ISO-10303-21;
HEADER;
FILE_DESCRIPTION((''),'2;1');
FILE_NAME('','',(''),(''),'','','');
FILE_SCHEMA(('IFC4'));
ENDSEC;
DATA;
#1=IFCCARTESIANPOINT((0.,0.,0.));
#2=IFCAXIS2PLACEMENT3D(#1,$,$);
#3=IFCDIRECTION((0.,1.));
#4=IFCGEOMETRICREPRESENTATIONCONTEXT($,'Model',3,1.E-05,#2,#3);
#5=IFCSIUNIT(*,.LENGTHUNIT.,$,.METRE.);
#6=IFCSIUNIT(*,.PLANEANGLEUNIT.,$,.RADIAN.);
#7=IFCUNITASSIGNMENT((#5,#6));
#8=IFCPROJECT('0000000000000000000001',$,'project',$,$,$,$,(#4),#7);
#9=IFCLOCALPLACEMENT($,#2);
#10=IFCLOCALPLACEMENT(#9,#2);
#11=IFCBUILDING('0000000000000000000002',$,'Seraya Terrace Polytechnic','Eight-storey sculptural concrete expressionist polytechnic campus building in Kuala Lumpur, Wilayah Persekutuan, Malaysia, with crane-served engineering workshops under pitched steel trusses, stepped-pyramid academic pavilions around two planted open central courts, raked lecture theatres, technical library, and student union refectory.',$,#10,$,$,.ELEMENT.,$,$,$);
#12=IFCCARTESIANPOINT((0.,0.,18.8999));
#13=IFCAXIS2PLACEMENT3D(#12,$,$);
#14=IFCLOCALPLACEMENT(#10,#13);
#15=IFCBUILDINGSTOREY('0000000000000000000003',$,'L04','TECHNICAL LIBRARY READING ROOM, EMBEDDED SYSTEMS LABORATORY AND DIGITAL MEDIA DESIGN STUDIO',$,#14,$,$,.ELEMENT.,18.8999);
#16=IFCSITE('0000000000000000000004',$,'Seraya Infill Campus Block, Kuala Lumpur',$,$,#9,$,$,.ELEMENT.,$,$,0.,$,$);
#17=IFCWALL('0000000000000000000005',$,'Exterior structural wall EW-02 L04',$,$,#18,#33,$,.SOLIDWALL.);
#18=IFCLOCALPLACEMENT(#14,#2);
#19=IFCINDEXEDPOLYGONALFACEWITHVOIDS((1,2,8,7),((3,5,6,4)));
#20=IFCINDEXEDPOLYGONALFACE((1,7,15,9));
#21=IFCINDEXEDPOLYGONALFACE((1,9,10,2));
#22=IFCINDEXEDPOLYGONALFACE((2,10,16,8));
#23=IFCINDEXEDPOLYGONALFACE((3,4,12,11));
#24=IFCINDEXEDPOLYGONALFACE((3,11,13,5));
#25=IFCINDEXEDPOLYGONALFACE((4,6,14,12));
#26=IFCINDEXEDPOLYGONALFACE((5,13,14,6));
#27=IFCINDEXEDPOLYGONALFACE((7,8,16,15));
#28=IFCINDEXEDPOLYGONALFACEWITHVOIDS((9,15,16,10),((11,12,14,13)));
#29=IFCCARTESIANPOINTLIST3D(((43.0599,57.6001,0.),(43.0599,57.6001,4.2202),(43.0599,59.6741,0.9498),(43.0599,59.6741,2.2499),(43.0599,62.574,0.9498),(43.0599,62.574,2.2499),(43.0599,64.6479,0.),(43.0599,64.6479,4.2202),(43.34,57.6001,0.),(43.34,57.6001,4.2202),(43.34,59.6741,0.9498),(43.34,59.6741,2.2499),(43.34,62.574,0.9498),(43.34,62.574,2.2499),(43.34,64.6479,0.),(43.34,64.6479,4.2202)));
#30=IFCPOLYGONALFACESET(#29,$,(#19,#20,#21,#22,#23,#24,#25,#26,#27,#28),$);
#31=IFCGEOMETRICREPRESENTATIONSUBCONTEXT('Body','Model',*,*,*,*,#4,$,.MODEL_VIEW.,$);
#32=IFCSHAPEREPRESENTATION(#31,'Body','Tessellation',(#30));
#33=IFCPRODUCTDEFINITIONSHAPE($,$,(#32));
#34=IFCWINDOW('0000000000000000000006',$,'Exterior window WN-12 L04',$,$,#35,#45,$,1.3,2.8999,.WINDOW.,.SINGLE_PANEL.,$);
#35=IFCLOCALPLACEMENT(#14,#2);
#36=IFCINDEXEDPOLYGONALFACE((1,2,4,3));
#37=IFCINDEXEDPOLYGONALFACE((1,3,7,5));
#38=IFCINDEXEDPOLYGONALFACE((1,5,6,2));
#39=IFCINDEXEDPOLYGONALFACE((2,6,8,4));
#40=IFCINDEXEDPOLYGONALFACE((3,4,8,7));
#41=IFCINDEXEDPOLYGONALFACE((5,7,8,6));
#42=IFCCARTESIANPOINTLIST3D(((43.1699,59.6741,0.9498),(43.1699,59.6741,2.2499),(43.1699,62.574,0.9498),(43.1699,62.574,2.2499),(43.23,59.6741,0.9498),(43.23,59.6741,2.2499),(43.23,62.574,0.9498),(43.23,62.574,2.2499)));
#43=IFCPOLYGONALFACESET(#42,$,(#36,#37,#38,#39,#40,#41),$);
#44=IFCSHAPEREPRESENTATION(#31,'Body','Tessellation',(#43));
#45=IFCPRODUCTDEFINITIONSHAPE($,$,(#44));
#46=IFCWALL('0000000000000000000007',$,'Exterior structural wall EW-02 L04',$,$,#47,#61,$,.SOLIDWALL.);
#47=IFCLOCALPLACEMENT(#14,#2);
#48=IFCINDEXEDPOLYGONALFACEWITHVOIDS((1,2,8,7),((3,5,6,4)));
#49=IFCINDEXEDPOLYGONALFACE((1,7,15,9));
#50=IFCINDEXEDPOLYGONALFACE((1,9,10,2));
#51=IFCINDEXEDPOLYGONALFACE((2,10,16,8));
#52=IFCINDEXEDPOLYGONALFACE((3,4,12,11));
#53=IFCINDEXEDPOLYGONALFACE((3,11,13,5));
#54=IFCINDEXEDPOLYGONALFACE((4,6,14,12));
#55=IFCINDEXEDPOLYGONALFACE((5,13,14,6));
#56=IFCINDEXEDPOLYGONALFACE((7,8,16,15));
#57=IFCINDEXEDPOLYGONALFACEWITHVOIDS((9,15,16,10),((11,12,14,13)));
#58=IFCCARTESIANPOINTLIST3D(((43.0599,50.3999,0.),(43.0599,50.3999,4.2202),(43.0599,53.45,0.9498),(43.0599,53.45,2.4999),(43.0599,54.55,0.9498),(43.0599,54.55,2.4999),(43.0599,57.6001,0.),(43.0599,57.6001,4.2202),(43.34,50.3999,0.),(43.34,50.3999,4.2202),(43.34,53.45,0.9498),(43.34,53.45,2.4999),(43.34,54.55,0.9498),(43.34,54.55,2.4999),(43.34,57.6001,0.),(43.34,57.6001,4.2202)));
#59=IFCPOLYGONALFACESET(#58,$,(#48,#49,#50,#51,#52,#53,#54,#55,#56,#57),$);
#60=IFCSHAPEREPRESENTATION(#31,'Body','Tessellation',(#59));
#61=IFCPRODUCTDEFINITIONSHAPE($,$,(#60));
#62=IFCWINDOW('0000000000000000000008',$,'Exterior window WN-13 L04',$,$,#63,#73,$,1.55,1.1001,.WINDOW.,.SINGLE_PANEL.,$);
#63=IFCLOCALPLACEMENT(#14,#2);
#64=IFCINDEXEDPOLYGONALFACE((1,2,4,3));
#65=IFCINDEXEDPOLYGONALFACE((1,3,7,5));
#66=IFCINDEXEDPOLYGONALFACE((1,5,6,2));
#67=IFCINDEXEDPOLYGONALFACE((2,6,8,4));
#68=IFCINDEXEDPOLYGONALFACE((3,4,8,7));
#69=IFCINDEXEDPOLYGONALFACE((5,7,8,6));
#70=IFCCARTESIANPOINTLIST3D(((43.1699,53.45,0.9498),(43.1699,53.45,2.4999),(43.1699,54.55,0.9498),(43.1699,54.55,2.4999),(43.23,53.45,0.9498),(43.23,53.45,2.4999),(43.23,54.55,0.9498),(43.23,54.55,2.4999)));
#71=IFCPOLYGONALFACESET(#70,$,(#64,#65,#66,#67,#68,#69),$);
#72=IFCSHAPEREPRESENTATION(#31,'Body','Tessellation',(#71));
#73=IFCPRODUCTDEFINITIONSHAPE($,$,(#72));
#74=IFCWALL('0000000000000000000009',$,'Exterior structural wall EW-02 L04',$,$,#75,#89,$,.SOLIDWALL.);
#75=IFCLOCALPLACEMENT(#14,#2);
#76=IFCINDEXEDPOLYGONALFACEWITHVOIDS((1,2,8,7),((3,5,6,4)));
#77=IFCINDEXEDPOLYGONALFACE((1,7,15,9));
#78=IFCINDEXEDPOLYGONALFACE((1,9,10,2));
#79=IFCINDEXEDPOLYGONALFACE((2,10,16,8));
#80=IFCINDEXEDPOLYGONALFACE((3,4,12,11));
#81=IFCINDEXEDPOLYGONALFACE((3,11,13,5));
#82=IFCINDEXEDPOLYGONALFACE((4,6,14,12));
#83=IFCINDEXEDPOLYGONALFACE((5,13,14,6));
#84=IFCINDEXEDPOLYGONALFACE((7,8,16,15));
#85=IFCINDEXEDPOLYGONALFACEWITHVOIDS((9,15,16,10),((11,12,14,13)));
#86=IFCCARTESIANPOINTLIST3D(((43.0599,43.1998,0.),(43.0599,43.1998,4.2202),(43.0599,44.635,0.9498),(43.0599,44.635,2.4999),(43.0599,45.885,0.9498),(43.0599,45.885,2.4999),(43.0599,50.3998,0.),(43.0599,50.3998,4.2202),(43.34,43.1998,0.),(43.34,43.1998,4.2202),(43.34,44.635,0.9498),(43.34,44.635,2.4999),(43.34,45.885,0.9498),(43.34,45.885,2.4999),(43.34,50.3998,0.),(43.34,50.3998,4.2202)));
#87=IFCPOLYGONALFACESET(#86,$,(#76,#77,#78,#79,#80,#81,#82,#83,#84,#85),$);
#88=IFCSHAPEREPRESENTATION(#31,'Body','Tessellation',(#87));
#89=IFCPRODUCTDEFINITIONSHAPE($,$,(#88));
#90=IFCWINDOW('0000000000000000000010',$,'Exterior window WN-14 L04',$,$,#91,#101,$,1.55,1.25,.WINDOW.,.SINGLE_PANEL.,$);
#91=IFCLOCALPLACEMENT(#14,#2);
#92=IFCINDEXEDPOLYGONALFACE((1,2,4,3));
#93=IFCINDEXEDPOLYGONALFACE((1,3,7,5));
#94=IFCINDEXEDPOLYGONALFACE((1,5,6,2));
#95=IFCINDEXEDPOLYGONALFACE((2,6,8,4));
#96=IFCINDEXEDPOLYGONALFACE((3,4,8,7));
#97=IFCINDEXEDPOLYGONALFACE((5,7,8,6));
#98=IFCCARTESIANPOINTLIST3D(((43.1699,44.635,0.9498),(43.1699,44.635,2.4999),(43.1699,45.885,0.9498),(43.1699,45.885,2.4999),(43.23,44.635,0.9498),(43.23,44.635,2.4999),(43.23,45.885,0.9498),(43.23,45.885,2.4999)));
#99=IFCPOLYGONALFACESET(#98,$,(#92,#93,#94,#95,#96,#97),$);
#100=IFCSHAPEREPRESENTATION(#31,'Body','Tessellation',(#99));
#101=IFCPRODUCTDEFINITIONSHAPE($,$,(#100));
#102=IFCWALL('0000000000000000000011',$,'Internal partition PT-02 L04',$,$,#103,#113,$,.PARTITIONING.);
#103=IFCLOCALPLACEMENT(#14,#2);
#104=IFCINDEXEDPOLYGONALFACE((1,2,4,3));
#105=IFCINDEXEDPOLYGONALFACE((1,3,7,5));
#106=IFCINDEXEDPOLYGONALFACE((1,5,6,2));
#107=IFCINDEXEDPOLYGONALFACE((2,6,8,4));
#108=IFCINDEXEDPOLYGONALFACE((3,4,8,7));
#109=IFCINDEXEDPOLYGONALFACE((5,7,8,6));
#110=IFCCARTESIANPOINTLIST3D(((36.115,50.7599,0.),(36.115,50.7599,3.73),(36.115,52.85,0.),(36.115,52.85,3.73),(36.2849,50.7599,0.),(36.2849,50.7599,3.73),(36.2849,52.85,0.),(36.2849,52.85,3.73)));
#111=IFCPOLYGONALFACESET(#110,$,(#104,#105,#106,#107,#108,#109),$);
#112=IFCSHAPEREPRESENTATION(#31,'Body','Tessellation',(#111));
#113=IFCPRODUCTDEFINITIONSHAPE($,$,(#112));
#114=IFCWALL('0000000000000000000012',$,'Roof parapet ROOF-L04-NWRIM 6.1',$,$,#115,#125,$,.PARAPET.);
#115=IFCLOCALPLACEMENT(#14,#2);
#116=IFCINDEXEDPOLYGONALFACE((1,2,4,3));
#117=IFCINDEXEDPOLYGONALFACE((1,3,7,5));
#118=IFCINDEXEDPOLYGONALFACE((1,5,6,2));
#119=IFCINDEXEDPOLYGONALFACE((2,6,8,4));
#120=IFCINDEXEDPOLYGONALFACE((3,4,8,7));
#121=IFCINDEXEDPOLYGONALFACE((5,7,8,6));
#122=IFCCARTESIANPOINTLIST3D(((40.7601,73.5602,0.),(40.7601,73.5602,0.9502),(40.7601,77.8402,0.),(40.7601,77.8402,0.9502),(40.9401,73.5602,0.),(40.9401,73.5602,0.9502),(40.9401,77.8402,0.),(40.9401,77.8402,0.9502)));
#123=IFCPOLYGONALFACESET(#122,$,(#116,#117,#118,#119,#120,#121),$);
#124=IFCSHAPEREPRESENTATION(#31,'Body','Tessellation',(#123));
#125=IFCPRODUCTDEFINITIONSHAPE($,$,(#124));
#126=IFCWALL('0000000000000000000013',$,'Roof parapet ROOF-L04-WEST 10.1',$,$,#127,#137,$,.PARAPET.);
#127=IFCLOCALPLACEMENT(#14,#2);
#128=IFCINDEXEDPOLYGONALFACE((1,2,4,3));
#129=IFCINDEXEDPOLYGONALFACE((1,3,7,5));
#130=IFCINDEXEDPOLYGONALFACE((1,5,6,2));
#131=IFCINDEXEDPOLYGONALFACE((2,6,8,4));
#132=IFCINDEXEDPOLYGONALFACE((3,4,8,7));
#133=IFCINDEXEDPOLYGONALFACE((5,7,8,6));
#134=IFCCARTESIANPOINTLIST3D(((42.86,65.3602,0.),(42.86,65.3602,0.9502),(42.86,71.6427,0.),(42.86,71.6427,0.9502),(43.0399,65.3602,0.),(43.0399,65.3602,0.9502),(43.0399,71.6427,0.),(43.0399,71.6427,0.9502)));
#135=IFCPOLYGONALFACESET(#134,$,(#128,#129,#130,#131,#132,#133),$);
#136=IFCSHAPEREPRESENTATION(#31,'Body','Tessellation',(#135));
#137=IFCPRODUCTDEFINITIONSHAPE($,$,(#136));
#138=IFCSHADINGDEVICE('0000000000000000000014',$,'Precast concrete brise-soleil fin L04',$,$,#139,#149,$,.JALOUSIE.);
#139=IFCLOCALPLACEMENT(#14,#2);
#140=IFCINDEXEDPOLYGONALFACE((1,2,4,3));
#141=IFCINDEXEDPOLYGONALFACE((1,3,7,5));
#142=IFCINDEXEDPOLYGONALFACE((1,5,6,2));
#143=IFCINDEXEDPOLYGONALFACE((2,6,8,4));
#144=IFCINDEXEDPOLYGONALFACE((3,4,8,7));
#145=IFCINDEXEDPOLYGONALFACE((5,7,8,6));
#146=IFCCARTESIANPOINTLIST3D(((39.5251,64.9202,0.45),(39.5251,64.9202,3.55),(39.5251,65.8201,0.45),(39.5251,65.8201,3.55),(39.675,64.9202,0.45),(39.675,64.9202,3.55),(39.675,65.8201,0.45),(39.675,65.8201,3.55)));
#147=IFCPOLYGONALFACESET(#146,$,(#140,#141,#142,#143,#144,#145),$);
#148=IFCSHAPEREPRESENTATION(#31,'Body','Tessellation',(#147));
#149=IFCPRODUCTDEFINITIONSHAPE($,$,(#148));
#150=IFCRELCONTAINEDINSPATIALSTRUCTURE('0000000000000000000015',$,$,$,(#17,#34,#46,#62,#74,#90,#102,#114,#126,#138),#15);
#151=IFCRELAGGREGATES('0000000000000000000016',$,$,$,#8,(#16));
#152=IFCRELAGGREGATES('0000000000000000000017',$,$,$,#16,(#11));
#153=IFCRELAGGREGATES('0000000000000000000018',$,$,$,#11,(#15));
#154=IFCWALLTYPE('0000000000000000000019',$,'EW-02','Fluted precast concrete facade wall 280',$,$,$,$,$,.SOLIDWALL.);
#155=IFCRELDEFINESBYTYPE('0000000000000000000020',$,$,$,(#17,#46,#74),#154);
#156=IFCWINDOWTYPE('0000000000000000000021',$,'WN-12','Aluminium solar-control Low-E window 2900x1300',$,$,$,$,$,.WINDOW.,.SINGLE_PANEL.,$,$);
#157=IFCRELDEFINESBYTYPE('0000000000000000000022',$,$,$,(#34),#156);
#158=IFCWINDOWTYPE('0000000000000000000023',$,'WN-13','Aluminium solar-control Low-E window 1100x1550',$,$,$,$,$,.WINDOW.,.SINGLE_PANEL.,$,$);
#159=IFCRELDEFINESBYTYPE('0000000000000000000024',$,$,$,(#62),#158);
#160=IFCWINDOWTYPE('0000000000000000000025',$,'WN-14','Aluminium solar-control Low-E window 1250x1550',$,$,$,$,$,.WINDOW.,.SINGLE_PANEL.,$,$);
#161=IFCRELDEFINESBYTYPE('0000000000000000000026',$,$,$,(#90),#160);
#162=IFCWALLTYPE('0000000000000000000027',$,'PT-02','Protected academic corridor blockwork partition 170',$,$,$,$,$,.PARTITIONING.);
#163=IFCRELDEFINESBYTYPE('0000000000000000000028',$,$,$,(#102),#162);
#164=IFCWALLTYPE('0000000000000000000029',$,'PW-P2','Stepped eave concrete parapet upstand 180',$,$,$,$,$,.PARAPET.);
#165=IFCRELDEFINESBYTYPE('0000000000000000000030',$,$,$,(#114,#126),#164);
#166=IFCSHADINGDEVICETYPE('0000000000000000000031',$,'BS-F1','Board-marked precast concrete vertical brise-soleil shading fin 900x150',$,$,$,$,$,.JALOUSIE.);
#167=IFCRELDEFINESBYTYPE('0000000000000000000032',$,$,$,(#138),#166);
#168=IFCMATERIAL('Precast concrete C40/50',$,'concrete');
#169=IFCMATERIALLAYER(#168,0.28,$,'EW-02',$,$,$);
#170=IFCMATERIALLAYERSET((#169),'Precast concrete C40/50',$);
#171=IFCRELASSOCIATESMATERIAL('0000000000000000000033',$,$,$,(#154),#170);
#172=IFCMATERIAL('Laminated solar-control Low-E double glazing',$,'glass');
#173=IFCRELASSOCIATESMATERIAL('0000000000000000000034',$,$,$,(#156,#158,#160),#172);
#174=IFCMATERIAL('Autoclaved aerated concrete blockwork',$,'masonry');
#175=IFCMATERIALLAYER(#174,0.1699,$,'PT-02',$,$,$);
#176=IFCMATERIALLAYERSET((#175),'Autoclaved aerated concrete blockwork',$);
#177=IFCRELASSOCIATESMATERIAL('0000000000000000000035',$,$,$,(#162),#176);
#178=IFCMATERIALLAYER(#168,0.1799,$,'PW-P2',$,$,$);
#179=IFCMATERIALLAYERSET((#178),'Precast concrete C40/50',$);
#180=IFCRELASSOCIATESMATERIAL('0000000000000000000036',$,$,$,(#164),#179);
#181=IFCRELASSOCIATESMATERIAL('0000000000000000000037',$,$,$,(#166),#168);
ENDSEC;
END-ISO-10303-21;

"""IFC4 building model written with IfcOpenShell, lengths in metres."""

from ifc_helpers import new_model, si_unit, direction, frame, frame_2d, origin, origin_2d, place, context, subcontext, project, spatial, rectangle, extrude, material, layer, layer_set, type_object, element, fill, save


model = new_model("IFC4")

# Units and contexts
model_context = context("Model", 3, precision=1e-05, world=origin(), true_north=direction((0.0, 1.0)))
body_context = subcontext(model_context, "Body", "Model", "MODEL_VIEW")
ifc_project = project(units=[si_unit("LENGTHUNIT", "METRE"), si_unit("PLANEANGLEUNIT", "RADIAN")], contexts=[model_context])

# Site, building, storey
site_placement = place(None, origin())
site = spatial("IfcSite", under=ifc_project, at=site_placement, Name="Seraya Infill Campus Block, Kuala Lumpur", CompositionType="ELEMENT", RefElevation=0.0)
building_placement = place(site_placement, origin())
building = spatial("IfcBuilding", under=site, at=building_placement, Name="Seraya Terrace Polytechnic", Description="Eight-storey sculptural concrete expressionist polytechnic campus building in Kuala Lumpur, Wilayah Persekutuan, Malaysia, with crane-served engineering workshops under pitched steel trusses, stepped-pyramid academic pavilions around two planted open central courts, raked lecture theatres, technical library, and student union refectory.", CompositionType="ELEMENT")
storey_placement = place(building_placement, frame((0.0, 0.0, 18.8999)))
storey = spatial("IfcBuildingStorey", under=building, at=storey_placement, Name="L04", Description="TECHNICAL LIBRARY READING ROOM, EMBEDDED SYSTEMS LABORATORY AND DIGITAL MEDIA DESIGN STUDIO", CompositionType="ELEMENT", Elevation=18.8999)

# Walls, openings, windows
ifc_material_1 = material(Name="Precast concrete C40/50", Category="concrete")
ifc_layer_1 = layer(ifc_material_1, 0.28, Name="EW-02")
ifc_layer_set_1 = layer_set([ifc_layer_1], Name="Precast concrete C40/50")
wall_type_1 = type_object("IfcWallType", Name="EW-02", Description="Fluted precast concrete facade wall 280", PredefinedType="SOLIDWALL", material=ifc_layer_set_1)
ifc_material_2 = material(Name="Laminated solar-control Low-E double glazing", Category="glass")
wall_1_placement = place(storey_placement, frame((43.2, 64.6479, 0.0), z_axis=(0.0, 0.0, 1.0), x_axis=(0.0, -1.0, 0.0)))
wall_1 = element("IfcWall", 1, at=wall_1_placement, inside=storey, type_object=wall_type_1, Name="Exterior structural wall EW-02 L04", PredefinedType="SOLIDWALL", context=body_context, shape_type="SweptSolid", body=[
    extrude(rectangle(XDim=7.0479, YDim=0.28, at=frame_2d((3.5239, 0.0))), origin(), (0.0, 0.0, 1.0), 4.2202),
])
opening_1_placement = place(wall_1_placement, frame((2.074, 0.0, 0.95)))
opening_1 = element("IfcOpeningElement", 2, at=opening_1_placement, cuts=wall_1, PredefinedType="OPENING", context=body_context, shape_type="SweptSolid", body=[
    extrude(rectangle(XDim=2.8999, YDim=1.3, at=frame_2d((1.45, 0.6499))), frame((0.0, 0.1519, 0.0), z_axis=(0.0, -1.0, 0.0), x_axis=(1.0, 0.0, 0.0)), (0.0, 0.0, 1.0), 0.304),
])
window_type_1 = type_object("IfcWindowType", Name="WN-12", Description="Aluminium solar-control Low-E window 2900x1300", PartitioningType="SINGLE_PANEL", PredefinedType="WINDOW", material=ifc_material_2)
window_1_placement = place(opening_1_placement, origin())
window_1 = element("IfcWindow", 3, at=window_1_placement, inside=storey, type_object=window_type_1, Name="Exterior window WN-12 L04", OverallHeight=1.3, OverallWidth=2.8999, PartitioningType="SINGLE_PANEL", PredefinedType="WINDOW", context=body_context, shape_type="SweptSolid", body=[
    extrude(rectangle(XDim=2.8999, YDim=1.3, at=frame_2d((1.45, 0.6499))), frame((0.0, 0.03, 0.0), z_axis=(0.0, -1.0, 0.0), x_axis=(1.0, 0.0, 0.0)), (0.0, 0.0, 1.0), 0.0601),
])
fill(opening_1, window_1)
wall_2_placement = place(storey_placement, frame((43.2, 57.6001, 0.0), z_axis=(0.0, 0.0, 1.0), x_axis=(0.0, -1.0, 0.0)))
wall_2 = element("IfcWall", 4, at=wall_2_placement, inside=storey, type_object=wall_type_1, Name="Exterior structural wall EW-02 L04", PredefinedType="SOLIDWALL", context=body_context, shape_type="SweptSolid", body=[
    extrude(rectangle(XDim=7.2002, YDim=0.28, at=frame_2d((3.6001, 0.0))), origin(), (0.0, 0.0, 1.0), 4.2202),
])
opening_2_placement = place(wall_2_placement, frame((3.05, 0.0, 0.95)))
opening_2 = element("IfcOpeningElement", 5, at=opening_2_placement, cuts=wall_2, PredefinedType="OPENING", context=body_context, shape_type="SweptSolid", body=[
    extrude(rectangle(XDim=1.1001, YDim=1.55, at=frame_2d((0.55, 0.7749))), frame((0.0, 0.1519, 0.0), z_axis=(0.0, -1.0, 0.0), x_axis=(1.0, 0.0, 0.0)), (0.0, 0.0, 1.0), 0.304),
])
window_type_2 = type_object("IfcWindowType", Name="WN-13", Description="Aluminium solar-control Low-E window 1100x1550", PartitioningType="SINGLE_PANEL", PredefinedType="WINDOW", material=ifc_material_2)
window_2_placement = place(opening_2_placement, origin())
window_2 = element("IfcWindow", 6, at=window_2_placement, inside=storey, type_object=window_type_2, Name="Exterior window WN-13 L04", OverallHeight=1.55, OverallWidth=1.1001, PartitioningType="SINGLE_PANEL", PredefinedType="WINDOW", context=body_context, shape_type="SweptSolid", body=[
    extrude(rectangle(XDim=1.1001, YDim=1.55, at=frame_2d((0.55, 0.7749))), frame((0.0, 0.03, 0.0), z_axis=(0.0, -1.0, 0.0), x_axis=(1.0, 0.0, 0.0)), (0.0, 0.0, 1.0), 0.0601),
])
fill(opening_2, window_2)
wall_3_placement = place(storey_placement, frame((43.2, 50.3999, 0.0), z_axis=(0.0, 0.0, 1.0), x_axis=(0.0, -1.0, 0.0)))
wall_3 = element("IfcWall", 7, at=wall_3_placement, inside=storey, type_object=wall_type_1, Name="Exterior structural wall EW-02 L04", PredefinedType="SOLIDWALL", context=body_context, shape_type="SweptSolid", body=[
    extrude(rectangle(XDim=7.2, YDim=0.28, at=frame_2d((3.6001, 0.0))), origin(), (0.0, 0.0, 1.0), 4.2202),
])
opening_3_placement = place(wall_3_placement, frame((4.5149, 0.0, 0.95)))
opening_3 = element("IfcOpeningElement", 8, at=opening_3_placement, cuts=wall_3, PredefinedType="OPENING", context=body_context, shape_type="SweptSolid", body=[
    extrude(rectangle(XDim=1.25, YDim=1.55, at=frame_2d((0.625, 0.7749))), frame((0.0, 0.1519, 0.0), z_axis=(0.0, -1.0, 0.0), x_axis=(1.0, 0.0, 0.0)), (0.0, 0.0, 1.0), 0.304),
])
window_type_3 = type_object("IfcWindowType", Name="WN-14", Description="Aluminium solar-control Low-E window 1250x1550", PartitioningType="SINGLE_PANEL", PredefinedType="WINDOW", material=ifc_material_2)
window_3_placement = place(opening_3_placement, origin())
window_3 = element("IfcWindow", 9, at=window_3_placement, inside=storey, type_object=window_type_3, Name="Exterior window WN-14 L04", OverallHeight=1.55, OverallWidth=1.25, PartitioningType="SINGLE_PANEL", PredefinedType="WINDOW", context=body_context, shape_type="SweptSolid", body=[
    extrude(rectangle(XDim=1.25, YDim=1.55, at=frame_2d((0.625, 0.7749))), frame((0.0, 0.03, 0.0), z_axis=(0.0, -1.0, 0.0), x_axis=(1.0, 0.0, 0.0)), (0.0, 0.0, 1.0), 0.0601),
])
fill(opening_3, window_3)

# Walls
ifc_material_3 = material(Name="Autoclaved aerated concrete blockwork", Category="masonry")
ifc_layer_2 = layer(ifc_material_3, 0.1699, Name="PT-02")
ifc_layer_set_2 = layer_set([ifc_layer_2], Name="Autoclaved aerated concrete blockwork")
wall_type_2 = type_object("IfcWallType", Name="PT-02", Description="Protected academic corridor blockwork partition 170", PredefinedType="PARTITIONING", material=ifc_layer_set_2)
wall_4_placement = place(storey_placement, frame((36.2, 50.76, 0.0), z_axis=(0.0, 0.0, 1.0), x_axis=(0.0, 1.0, 0.0)))
element("IfcWall", 10, at=wall_4_placement, inside=storey, type_object=wall_type_2, Name="Internal partition PT-02 L04", PredefinedType="PARTITIONING", context=body_context, shape_type="SweptSolid", body=[
    extrude(rectangle(XDim=2.0901, YDim=0.1699, at=frame_2d((1.0449, 0.0))), origin(), (0.0, 0.0, 1.0), 3.73),
])
ifc_layer_3 = layer(ifc_material_1, 0.1799, Name="PW-P2")
ifc_layer_set_3 = layer_set([ifc_layer_3], Name="Precast concrete C40/50")
wall_type_3 = type_object("IfcWallType", Name="PW-P2", Description="Stepped eave concrete parapet upstand 180", PredefinedType="PARAPET", material=ifc_layer_set_3)
wall_5_placement = place(storey_placement, frame((40.8501, 73.5601, 0.0), z_axis=(0.0, 0.0, 1.0), x_axis=(0.0, 1.0, 0.0)))
element("IfcWall", 11, at=wall_5_placement, inside=storey, type_object=wall_type_3, Name="Roof parapet ROOF-L04-NWRIM 6.1", PredefinedType="PARAPET", context=body_context, shape_type="SweptSolid", body=[
    extrude(rectangle(XDim=4.28, YDim=0.1799, at=frame_2d((2.1401, 0.0))), origin(), (0.0, 0.0, 1.0), 0.9502),
])
wall_6_placement = place(storey_placement, frame((42.95, 71.6426, 0.0), z_axis=(0.0, 0.0, 1.0), x_axis=(0.0, -1.0, 0.0)))
element("IfcWall", 12, at=wall_6_placement, inside=storey, type_object=wall_type_3, Name="Roof parapet ROOF-L04-WEST 10.1", PredefinedType="PARAPET", context=body_context, shape_type="SweptSolid", body=[
    extrude(rectangle(XDim=6.2825, YDim=0.1799, at=frame_2d((3.1411, 0.0))), origin(), (0.0, 0.0, 1.0), 0.9502),
])

# Shading device
shading_device_type = type_object("IfcShadingDeviceType", Name="BS-F1", Description="Board-marked precast concrete vertical brise-soleil shading fin 900x150", PredefinedType="JALOUSIE", material=ifc_material_1)
shading_device_placement = place(storey_placement, frame((39.6001, 65.3701, 0.45), z_axis=(0.0, 0.0, 1.0), x_axis=(0.0, 1.0, 0.0)))
element("IfcShadingDevice", 13, at=shading_device_placement, inside=storey, type_object=shading_device_type, Name="Precast concrete brise-soleil fin L04", PredefinedType="JALOUSIE", context=body_context, shape_type="SweptSolid", body=[
    extrude(rectangle(XDim=0.8999, YDim=0.1499, at=origin_2d()), origin(), (0.0, 0.0, 1.0), 3.1001),
])

save(model, "model.ifc")
